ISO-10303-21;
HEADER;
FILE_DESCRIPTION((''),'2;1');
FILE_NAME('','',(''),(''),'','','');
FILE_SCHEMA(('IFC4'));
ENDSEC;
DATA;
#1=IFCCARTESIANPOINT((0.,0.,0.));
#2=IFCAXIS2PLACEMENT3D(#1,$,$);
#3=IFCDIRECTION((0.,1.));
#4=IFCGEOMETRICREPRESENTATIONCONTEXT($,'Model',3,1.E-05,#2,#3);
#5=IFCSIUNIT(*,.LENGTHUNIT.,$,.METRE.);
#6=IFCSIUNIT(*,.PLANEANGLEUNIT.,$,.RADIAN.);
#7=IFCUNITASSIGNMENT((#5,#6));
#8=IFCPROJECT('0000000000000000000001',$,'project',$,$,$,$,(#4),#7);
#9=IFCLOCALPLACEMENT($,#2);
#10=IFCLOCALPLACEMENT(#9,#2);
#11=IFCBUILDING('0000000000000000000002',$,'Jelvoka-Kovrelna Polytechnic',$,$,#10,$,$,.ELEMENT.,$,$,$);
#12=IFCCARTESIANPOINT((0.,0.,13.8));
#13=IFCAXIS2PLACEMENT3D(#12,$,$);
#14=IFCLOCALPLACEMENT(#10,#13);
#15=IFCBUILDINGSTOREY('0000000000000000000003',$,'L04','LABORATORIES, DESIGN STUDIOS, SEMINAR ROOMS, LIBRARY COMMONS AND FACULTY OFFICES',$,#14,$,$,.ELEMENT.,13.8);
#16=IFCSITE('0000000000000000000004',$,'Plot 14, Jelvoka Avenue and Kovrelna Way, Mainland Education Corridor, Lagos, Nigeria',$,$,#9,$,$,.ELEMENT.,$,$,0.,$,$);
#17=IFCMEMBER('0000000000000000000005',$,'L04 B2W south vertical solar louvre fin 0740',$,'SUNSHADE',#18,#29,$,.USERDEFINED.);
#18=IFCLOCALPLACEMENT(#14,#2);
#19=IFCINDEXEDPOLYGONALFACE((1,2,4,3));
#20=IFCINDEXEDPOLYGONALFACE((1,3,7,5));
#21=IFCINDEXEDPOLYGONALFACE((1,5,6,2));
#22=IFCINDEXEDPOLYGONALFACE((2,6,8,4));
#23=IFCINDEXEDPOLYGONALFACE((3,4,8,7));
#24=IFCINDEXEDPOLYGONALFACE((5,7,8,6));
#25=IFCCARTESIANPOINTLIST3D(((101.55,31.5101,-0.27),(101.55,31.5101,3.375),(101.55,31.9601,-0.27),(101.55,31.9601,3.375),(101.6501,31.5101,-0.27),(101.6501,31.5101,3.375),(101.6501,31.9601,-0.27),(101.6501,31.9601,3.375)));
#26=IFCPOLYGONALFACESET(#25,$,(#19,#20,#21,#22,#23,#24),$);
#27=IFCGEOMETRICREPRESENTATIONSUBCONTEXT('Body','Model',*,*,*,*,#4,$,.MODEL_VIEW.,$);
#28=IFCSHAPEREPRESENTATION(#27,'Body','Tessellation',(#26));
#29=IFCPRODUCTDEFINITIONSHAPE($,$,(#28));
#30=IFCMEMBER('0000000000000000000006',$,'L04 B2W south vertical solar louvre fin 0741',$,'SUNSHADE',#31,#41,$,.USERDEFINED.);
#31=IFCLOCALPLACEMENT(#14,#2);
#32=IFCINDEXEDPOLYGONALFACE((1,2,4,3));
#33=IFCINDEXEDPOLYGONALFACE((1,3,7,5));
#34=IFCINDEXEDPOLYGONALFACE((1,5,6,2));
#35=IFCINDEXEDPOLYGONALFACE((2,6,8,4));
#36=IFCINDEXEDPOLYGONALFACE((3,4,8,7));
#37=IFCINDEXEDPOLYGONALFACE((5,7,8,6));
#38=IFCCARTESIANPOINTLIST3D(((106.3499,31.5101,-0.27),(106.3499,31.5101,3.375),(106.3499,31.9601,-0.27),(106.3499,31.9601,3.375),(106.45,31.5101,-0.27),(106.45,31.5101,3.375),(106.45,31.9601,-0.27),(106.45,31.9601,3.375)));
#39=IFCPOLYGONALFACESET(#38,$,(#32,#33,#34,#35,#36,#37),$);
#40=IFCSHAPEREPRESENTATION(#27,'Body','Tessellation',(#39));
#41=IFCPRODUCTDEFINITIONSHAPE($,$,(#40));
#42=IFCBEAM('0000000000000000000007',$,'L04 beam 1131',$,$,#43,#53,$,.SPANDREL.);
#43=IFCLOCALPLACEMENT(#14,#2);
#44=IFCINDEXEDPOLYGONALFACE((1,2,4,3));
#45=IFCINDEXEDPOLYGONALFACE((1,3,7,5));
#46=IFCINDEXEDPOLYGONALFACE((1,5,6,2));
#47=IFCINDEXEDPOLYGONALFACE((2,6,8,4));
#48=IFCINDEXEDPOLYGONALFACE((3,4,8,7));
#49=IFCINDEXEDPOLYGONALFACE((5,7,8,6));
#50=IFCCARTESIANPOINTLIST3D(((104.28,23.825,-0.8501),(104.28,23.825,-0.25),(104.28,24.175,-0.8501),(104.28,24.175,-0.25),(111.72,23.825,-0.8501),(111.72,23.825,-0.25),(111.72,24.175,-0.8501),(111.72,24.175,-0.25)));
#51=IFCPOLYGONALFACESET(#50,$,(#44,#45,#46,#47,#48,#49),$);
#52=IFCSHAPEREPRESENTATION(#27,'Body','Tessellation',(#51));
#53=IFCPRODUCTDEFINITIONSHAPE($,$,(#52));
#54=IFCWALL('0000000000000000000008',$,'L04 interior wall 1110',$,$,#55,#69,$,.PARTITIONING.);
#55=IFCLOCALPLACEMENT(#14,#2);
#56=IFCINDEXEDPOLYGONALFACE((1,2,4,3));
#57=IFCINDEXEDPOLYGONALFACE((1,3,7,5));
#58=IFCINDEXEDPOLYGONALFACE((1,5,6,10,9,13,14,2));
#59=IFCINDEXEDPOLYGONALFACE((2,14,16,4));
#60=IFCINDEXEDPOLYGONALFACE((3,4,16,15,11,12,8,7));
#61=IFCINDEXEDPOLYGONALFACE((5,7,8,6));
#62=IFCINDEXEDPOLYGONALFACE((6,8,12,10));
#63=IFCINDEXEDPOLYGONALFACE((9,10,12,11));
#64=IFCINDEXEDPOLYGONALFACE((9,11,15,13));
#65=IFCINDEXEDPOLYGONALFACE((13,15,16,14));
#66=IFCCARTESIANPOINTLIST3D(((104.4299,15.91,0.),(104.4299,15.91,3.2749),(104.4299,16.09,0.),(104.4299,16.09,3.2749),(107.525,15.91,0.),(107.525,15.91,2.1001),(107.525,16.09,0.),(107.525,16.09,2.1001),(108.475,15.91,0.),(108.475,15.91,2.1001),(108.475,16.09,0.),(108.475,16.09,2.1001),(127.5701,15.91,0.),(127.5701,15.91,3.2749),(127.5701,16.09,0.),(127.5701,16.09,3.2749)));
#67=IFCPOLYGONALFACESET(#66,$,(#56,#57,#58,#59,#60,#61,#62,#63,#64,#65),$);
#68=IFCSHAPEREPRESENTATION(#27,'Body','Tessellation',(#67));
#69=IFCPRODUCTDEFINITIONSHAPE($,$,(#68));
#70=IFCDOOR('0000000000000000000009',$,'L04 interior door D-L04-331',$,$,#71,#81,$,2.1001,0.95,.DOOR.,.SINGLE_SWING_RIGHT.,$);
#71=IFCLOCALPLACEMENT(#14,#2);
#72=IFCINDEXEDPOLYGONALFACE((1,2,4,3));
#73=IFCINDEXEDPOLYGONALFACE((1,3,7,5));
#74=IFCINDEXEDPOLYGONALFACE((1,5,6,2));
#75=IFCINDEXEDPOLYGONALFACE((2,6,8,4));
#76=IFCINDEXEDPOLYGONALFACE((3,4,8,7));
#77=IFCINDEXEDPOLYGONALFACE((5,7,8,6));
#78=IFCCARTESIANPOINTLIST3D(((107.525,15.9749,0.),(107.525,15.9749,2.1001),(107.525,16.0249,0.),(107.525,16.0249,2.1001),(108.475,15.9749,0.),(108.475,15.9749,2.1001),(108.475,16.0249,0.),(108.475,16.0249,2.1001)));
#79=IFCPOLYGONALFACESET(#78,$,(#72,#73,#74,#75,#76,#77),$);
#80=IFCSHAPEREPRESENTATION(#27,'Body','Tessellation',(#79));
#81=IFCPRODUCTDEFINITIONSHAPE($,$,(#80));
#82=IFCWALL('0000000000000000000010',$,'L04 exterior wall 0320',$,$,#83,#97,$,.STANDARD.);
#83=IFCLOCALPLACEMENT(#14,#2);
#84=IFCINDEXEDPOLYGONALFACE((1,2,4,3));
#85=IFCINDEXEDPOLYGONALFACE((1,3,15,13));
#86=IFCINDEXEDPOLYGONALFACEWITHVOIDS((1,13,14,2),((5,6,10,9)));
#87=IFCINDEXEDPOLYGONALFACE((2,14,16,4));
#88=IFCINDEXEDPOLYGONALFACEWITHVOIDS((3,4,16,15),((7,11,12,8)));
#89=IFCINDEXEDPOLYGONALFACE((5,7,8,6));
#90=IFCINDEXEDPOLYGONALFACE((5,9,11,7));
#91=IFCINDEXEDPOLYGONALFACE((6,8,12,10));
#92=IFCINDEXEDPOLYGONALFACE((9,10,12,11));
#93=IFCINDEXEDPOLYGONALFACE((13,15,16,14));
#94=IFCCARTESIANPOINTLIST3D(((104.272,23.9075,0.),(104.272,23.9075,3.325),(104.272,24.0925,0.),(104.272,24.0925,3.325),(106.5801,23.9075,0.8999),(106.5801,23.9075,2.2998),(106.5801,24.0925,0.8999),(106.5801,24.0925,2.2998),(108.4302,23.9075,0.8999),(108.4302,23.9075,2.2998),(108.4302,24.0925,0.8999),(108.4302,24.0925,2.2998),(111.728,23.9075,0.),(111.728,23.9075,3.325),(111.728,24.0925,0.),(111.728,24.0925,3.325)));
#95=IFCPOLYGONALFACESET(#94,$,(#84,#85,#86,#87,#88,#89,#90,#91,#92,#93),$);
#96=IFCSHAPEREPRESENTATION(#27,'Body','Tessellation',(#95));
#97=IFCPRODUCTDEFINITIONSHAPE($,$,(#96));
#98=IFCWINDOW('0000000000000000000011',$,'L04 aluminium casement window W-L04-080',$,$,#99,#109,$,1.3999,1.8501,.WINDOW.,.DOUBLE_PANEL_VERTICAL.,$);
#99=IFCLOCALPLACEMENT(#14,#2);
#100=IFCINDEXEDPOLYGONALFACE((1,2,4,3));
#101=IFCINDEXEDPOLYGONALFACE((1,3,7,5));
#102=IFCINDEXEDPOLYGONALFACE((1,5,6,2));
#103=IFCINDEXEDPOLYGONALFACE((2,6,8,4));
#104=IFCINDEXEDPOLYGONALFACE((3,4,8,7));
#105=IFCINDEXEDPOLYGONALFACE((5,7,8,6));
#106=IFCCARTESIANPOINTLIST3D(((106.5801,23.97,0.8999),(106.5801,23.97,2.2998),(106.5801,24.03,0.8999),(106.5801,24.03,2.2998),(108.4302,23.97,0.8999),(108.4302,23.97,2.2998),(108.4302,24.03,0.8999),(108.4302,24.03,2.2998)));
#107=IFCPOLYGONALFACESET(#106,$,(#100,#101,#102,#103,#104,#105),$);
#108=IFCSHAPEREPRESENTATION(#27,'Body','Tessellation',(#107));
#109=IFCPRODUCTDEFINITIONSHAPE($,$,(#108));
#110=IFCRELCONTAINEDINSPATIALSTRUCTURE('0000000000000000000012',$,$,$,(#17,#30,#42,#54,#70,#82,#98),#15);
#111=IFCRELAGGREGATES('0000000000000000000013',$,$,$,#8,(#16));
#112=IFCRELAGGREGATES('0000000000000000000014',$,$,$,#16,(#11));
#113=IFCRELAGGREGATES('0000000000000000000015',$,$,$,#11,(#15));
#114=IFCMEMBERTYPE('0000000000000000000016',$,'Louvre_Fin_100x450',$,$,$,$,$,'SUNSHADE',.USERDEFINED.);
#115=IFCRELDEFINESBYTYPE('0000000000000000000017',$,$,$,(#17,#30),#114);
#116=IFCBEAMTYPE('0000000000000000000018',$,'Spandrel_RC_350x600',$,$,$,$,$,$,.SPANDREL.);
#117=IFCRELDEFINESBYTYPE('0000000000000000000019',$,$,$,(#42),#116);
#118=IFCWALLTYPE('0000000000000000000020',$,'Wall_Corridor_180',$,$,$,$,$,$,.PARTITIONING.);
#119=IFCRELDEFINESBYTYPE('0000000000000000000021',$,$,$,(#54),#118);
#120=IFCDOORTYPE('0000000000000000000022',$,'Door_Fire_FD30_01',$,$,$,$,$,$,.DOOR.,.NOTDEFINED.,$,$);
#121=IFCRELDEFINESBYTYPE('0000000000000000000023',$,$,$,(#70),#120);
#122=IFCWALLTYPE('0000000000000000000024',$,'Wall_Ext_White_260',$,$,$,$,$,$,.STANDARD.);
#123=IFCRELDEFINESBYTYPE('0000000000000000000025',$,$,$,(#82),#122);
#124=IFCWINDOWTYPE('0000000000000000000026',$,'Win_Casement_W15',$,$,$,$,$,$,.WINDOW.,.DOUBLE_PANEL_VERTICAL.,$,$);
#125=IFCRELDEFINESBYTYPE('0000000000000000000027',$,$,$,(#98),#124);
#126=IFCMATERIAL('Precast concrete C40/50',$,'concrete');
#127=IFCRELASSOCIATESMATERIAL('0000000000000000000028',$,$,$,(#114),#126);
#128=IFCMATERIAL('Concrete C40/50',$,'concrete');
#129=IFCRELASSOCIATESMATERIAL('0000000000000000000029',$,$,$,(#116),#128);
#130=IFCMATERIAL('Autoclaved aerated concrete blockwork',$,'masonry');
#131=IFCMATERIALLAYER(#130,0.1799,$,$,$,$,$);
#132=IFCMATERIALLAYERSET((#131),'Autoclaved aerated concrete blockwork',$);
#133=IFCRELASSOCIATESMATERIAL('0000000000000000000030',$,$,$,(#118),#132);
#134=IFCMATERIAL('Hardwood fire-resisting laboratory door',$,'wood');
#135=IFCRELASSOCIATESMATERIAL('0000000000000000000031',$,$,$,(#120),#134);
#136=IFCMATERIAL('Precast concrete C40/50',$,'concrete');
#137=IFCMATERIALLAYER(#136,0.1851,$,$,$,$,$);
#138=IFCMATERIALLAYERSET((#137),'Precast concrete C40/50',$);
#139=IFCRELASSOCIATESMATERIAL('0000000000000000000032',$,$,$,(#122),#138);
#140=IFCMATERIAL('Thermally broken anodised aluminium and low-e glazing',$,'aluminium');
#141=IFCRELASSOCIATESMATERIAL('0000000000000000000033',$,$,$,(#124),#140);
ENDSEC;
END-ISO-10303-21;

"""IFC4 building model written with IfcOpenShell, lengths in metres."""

from ifc_helpers import new_model, si_unit, direction, frame, frame_2d, origin, origin_2d, place, context, subcontext, project, spatial, rectangle, extrude, material, layer, layer_set, material_profile, profile_set, type_object, element, fill, save


model = new_model("IFC4")

# Units and contexts
model_context = context("Model", 3, precision=1e-05, world=origin(), true_north=direction((0.0, 1.0)))
body_context = subcontext(model_context, "Body", "Model", "MODEL_VIEW")
ifc_project = project(units=[si_unit("LENGTHUNIT", "METRE"), si_unit("PLANEANGLEUNIT", "RADIAN")], contexts=[model_context])

# Site, building, storey
site_placement = place(None, origin())
site = spatial("IfcSite", under=ifc_project, at=site_placement, Name="Plot 14, Jelvoka Avenue and Kovrelna Way, Mainland Education Corridor, Lagos, Nigeria", CompositionType="ELEMENT", RefElevation=0.0)
building_placement = place(site_placement, origin())
building = spatial("IfcBuilding", under=site, at=building_placement, Name="Jelvoka-Kovrelna Polytechnic", CompositionType="ELEMENT")
storey_placement = place(building_placement, frame((0.0, 0.0, 13.8)))
storey = spatial("IfcBuildingStorey", under=building, at=storey_placement, Name="L04", Description="LABORATORIES, DESIGN STUDIOS, SEMINAR ROOMS, LIBRARY COMMONS AND FACULTY OFFICES", CompositionType="ELEMENT", Elevation=13.8)

# Members
ifc_material_1 = material(Name="Precast concrete C40/50", Category="concrete")
ifc_material_profile_1 = material_profile(ifc_material_1, rectangle(XDim=0.1001, YDim=0.45, at=origin_2d()), Name="PC 100x450")
ifc_profile_set_1 = profile_set([ifc_material_profile_1], Name="Precast concrete C40/50")
member_type = type_object("IfcMemberType", Name="Louvre_Fin_100x450", ElementType="SUNSHADE", PredefinedType="USERDEFINED", material=ifc_profile_set_1)
for number, where, z_axis, x_axis, name in (
    (1, (101.6001, 31.7351, -0.27), (0.0, 0.0, 1.0), (1.0, 0.0, 0.0), "L04 B2W south vertical solar louvre fin 0740"),
    (2, (106.3999, 31.7351, -0.27), (0.0, 0.0, 1.0), (1.0, 0.0, 0.0), "L04 B2W south vertical solar louvre fin 0741"),
):
    element("IfcMember", number, at=place(storey_placement, frame(where, z_axis=z_axis, x_axis=x_axis)), inside=storey, type_object=member_type, Name=name, ObjectType="SUNSHADE", PredefinedType="USERDEFINED", context=body_context, shape_type="SweptSolid", body=[
        extrude(rectangle(XDim=0.1001, YDim=0.45, at=origin_2d()), origin(), (0.0, 0.0, 1.0), 3.645),
    ])

# Beam
ifc_material_2 = material(Name="Concrete C40/50", Category="concrete")
ifc_material_profile_2 = material_profile(ifc_material_2, rectangle(XDim=0.3501, YDim=0.6001, at=origin_2d()), Name="RC 350x600")
ifc_profile_set_2 = profile_set([ifc_material_profile_2], Name="Concrete C40/50")
beam_type_1 = type_object("IfcBeamType", Name="Spandrel_RC_350x600", PredefinedType="SPANDREL", material=ifc_profile_set_2)
beam_1_placement = place(storey_placement, frame((104.28, 24.0, -0.55), z_axis=(1.0, 0.0, 0.0), x_axis=(0.0, 1.0, 0.0)))
element("IfcBeam", 3, at=beam_1_placement, inside=storey, type_object=beam_type_1, Name="L04 beam 1131", PredefinedType="SPANDREL", context=body_context, shape_type="SweptSolid", body=[
    extrude(rectangle(XDim=0.3501, YDim=0.6001, at=origin_2d()), origin(), (0.0, 0.0, 1.0), 7.4399),
])

# Wall, opening, door
ifc_material_3 = material(Name="Autoclaved aerated concrete blockwork", Category="masonry")
ifc_layer_1 = layer(ifc_material_3, 0.1799)
ifc_layer_set_1 = layer_set([ifc_layer_1], Name="Autoclaved aerated concrete blockwork")
wall_type_1 = type_object("IfcWallType", Name="Wall_Corridor_180", PredefinedType="PARTITIONING", material=ifc_layer_set_1)
wall_1_placement = place(storey_placement, frame((104.4299, 16.0, 0.0), z_axis=(0.0, 0.0, 1.0), x_axis=(1.0, 0.0, 0.0)))
wall_1 = element("IfcWall", 4, at=wall_1_placement, inside=storey, type_object=wall_type_1, Name="L04 interior wall 1110", PredefinedType="PARTITIONING", context=body_context, shape_type="SweptSolid", body=[
    extrude(rectangle(XDim=23.1401, YDim=0.1799, at=frame_2d((11.5701, 0.0))), origin(), (0.0, 0.0, 1.0), 3.2749),
])
opening_1_placement = place(wall_1_placement, frame((3.095, 0.0, 0.0)))
opening_1 = element("IfcOpeningElement", 5, at=opening_1_placement, cuts=wall_1, PredefinedType="OPENING", context=body_context, shape_type="SweptSolid", body=[
    extrude(rectangle(XDim=0.95, YDim=2.1001, at=frame_2d((0.4751, 1.05))), frame((0.0, 0.0999, 0.0), z_axis=(0.0, -1.0, 0.0), x_axis=(1.0, 0.0, 0.0)), (0.0, 0.0, 1.0), 0.2),
])
ifc_material_4 = material(Name="Hardwood fire-resisting laboratory door", Category="wood")
door_type = type_object("IfcDoorType", Name="Door_Fire_FD30_01", OperationType="NOTDEFINED", PredefinedType="DOOR", material=ifc_material_4)
door_placement = place(opening_1_placement, origin())
door = element("IfcDoor", 6, at=door_placement, inside=storey, type_object=door_type, Name="L04 interior door D-L04-331", OperationType="SINGLE_SWING_RIGHT", OverallHeight=2.1001, OverallWidth=0.95, PredefinedType="DOOR", context=body_context, shape_type="SweptSolid", body=[
    extrude(rectangle(XDim=0.95, YDim=2.1001, at=frame_2d((0.4751, 1.05))), frame((0.0, 0.0249, 0.0), z_axis=(0.0, -1.0, 0.0), x_axis=(1.0, 0.0, 0.0)), (0.0, 0.0, 1.0), 0.05),
])
fill(opening_1, door)

# Wall, opening, window
ifc_material_5 = material(Name="Precast concrete C40/50", Category="concrete")
ifc_layer_2 = layer(ifc_material_5, 0.1851)
ifc_layer_set_2 = layer_set([ifc_layer_2], Name="Precast concrete C40/50")
wall_type_2 = type_object("IfcWallType", Name="Wall_Ext_White_260", PredefinedType="STANDARD", material=ifc_layer_set_2)
wall_2_placement = place(storey_placement, frame((104.272, 24.0, 0.0), z_axis=(0.0, 0.0, 1.0), x_axis=(1.0, 0.0, 0.0)))
wall_2 = element("IfcWall", 7, at=wall_2_placement, inside=storey, type_object=wall_type_2, Name="L04 exterior wall 0320", PredefinedType="STANDARD", context=body_context, shape_type="SweptSolid", body=[
    extrude(rectangle(XDim=7.4561, YDim=0.1851, at=frame_2d((3.728, 0.0))), origin(), (0.0, 0.0, 1.0), 3.325),
])
opening_2_placement = place(wall_2_placement, frame((2.3081, 0.0, 0.8999)))
opening_2 = element("IfcOpeningElement", 8, at=opening_2_placement, cuts=wall_2, PredefinedType="OPENING", context=body_context, shape_type="SweptSolid", body=[
    extrude(rectangle(XDim=1.8501, YDim=1.3999, at=frame_2d((0.925, 0.7))), frame((0.0, 0.1025, 0.0), z_axis=(0.0, -1.0, 0.0), x_axis=(1.0, 0.0, 0.0)), (0.0, 0.0, 1.0), 0.2051),
])
ifc_material_6 = material(Name="Thermally broken anodised aluminium and low-e glazing", Category="aluminium")
window_type = type_object("IfcWindowType", Name="Win_Casement_W15", PartitioningType="DOUBLE_PANEL_VERTICAL", PredefinedType="WINDOW", material=ifc_material_6)
window_placement = place(opening_2_placement, origin())
window = element("IfcWindow", 9, at=window_placement, inside=storey, type_object=window_type, Name="L04 aluminium casement window W-L04-080", OverallHeight=1.3999, OverallWidth=1.8501, PartitioningType="DOUBLE_PANEL_VERTICAL", PredefinedType="WINDOW", context=body_context, shape_type="SweptSolid", body=[
    extrude(rectangle(XDim=1.8501, YDim=1.3999, at=frame_2d((0.925, 0.7))), frame((0.0, 0.03, 0.0), z_axis=(0.0, -1.0, 0.0), x_axis=(1.0, 0.0, 0.0)), (0.0, 0.0, 1.0), 0.0601),
])
fill(opening_2, window)

save(model, "model.ifc")
